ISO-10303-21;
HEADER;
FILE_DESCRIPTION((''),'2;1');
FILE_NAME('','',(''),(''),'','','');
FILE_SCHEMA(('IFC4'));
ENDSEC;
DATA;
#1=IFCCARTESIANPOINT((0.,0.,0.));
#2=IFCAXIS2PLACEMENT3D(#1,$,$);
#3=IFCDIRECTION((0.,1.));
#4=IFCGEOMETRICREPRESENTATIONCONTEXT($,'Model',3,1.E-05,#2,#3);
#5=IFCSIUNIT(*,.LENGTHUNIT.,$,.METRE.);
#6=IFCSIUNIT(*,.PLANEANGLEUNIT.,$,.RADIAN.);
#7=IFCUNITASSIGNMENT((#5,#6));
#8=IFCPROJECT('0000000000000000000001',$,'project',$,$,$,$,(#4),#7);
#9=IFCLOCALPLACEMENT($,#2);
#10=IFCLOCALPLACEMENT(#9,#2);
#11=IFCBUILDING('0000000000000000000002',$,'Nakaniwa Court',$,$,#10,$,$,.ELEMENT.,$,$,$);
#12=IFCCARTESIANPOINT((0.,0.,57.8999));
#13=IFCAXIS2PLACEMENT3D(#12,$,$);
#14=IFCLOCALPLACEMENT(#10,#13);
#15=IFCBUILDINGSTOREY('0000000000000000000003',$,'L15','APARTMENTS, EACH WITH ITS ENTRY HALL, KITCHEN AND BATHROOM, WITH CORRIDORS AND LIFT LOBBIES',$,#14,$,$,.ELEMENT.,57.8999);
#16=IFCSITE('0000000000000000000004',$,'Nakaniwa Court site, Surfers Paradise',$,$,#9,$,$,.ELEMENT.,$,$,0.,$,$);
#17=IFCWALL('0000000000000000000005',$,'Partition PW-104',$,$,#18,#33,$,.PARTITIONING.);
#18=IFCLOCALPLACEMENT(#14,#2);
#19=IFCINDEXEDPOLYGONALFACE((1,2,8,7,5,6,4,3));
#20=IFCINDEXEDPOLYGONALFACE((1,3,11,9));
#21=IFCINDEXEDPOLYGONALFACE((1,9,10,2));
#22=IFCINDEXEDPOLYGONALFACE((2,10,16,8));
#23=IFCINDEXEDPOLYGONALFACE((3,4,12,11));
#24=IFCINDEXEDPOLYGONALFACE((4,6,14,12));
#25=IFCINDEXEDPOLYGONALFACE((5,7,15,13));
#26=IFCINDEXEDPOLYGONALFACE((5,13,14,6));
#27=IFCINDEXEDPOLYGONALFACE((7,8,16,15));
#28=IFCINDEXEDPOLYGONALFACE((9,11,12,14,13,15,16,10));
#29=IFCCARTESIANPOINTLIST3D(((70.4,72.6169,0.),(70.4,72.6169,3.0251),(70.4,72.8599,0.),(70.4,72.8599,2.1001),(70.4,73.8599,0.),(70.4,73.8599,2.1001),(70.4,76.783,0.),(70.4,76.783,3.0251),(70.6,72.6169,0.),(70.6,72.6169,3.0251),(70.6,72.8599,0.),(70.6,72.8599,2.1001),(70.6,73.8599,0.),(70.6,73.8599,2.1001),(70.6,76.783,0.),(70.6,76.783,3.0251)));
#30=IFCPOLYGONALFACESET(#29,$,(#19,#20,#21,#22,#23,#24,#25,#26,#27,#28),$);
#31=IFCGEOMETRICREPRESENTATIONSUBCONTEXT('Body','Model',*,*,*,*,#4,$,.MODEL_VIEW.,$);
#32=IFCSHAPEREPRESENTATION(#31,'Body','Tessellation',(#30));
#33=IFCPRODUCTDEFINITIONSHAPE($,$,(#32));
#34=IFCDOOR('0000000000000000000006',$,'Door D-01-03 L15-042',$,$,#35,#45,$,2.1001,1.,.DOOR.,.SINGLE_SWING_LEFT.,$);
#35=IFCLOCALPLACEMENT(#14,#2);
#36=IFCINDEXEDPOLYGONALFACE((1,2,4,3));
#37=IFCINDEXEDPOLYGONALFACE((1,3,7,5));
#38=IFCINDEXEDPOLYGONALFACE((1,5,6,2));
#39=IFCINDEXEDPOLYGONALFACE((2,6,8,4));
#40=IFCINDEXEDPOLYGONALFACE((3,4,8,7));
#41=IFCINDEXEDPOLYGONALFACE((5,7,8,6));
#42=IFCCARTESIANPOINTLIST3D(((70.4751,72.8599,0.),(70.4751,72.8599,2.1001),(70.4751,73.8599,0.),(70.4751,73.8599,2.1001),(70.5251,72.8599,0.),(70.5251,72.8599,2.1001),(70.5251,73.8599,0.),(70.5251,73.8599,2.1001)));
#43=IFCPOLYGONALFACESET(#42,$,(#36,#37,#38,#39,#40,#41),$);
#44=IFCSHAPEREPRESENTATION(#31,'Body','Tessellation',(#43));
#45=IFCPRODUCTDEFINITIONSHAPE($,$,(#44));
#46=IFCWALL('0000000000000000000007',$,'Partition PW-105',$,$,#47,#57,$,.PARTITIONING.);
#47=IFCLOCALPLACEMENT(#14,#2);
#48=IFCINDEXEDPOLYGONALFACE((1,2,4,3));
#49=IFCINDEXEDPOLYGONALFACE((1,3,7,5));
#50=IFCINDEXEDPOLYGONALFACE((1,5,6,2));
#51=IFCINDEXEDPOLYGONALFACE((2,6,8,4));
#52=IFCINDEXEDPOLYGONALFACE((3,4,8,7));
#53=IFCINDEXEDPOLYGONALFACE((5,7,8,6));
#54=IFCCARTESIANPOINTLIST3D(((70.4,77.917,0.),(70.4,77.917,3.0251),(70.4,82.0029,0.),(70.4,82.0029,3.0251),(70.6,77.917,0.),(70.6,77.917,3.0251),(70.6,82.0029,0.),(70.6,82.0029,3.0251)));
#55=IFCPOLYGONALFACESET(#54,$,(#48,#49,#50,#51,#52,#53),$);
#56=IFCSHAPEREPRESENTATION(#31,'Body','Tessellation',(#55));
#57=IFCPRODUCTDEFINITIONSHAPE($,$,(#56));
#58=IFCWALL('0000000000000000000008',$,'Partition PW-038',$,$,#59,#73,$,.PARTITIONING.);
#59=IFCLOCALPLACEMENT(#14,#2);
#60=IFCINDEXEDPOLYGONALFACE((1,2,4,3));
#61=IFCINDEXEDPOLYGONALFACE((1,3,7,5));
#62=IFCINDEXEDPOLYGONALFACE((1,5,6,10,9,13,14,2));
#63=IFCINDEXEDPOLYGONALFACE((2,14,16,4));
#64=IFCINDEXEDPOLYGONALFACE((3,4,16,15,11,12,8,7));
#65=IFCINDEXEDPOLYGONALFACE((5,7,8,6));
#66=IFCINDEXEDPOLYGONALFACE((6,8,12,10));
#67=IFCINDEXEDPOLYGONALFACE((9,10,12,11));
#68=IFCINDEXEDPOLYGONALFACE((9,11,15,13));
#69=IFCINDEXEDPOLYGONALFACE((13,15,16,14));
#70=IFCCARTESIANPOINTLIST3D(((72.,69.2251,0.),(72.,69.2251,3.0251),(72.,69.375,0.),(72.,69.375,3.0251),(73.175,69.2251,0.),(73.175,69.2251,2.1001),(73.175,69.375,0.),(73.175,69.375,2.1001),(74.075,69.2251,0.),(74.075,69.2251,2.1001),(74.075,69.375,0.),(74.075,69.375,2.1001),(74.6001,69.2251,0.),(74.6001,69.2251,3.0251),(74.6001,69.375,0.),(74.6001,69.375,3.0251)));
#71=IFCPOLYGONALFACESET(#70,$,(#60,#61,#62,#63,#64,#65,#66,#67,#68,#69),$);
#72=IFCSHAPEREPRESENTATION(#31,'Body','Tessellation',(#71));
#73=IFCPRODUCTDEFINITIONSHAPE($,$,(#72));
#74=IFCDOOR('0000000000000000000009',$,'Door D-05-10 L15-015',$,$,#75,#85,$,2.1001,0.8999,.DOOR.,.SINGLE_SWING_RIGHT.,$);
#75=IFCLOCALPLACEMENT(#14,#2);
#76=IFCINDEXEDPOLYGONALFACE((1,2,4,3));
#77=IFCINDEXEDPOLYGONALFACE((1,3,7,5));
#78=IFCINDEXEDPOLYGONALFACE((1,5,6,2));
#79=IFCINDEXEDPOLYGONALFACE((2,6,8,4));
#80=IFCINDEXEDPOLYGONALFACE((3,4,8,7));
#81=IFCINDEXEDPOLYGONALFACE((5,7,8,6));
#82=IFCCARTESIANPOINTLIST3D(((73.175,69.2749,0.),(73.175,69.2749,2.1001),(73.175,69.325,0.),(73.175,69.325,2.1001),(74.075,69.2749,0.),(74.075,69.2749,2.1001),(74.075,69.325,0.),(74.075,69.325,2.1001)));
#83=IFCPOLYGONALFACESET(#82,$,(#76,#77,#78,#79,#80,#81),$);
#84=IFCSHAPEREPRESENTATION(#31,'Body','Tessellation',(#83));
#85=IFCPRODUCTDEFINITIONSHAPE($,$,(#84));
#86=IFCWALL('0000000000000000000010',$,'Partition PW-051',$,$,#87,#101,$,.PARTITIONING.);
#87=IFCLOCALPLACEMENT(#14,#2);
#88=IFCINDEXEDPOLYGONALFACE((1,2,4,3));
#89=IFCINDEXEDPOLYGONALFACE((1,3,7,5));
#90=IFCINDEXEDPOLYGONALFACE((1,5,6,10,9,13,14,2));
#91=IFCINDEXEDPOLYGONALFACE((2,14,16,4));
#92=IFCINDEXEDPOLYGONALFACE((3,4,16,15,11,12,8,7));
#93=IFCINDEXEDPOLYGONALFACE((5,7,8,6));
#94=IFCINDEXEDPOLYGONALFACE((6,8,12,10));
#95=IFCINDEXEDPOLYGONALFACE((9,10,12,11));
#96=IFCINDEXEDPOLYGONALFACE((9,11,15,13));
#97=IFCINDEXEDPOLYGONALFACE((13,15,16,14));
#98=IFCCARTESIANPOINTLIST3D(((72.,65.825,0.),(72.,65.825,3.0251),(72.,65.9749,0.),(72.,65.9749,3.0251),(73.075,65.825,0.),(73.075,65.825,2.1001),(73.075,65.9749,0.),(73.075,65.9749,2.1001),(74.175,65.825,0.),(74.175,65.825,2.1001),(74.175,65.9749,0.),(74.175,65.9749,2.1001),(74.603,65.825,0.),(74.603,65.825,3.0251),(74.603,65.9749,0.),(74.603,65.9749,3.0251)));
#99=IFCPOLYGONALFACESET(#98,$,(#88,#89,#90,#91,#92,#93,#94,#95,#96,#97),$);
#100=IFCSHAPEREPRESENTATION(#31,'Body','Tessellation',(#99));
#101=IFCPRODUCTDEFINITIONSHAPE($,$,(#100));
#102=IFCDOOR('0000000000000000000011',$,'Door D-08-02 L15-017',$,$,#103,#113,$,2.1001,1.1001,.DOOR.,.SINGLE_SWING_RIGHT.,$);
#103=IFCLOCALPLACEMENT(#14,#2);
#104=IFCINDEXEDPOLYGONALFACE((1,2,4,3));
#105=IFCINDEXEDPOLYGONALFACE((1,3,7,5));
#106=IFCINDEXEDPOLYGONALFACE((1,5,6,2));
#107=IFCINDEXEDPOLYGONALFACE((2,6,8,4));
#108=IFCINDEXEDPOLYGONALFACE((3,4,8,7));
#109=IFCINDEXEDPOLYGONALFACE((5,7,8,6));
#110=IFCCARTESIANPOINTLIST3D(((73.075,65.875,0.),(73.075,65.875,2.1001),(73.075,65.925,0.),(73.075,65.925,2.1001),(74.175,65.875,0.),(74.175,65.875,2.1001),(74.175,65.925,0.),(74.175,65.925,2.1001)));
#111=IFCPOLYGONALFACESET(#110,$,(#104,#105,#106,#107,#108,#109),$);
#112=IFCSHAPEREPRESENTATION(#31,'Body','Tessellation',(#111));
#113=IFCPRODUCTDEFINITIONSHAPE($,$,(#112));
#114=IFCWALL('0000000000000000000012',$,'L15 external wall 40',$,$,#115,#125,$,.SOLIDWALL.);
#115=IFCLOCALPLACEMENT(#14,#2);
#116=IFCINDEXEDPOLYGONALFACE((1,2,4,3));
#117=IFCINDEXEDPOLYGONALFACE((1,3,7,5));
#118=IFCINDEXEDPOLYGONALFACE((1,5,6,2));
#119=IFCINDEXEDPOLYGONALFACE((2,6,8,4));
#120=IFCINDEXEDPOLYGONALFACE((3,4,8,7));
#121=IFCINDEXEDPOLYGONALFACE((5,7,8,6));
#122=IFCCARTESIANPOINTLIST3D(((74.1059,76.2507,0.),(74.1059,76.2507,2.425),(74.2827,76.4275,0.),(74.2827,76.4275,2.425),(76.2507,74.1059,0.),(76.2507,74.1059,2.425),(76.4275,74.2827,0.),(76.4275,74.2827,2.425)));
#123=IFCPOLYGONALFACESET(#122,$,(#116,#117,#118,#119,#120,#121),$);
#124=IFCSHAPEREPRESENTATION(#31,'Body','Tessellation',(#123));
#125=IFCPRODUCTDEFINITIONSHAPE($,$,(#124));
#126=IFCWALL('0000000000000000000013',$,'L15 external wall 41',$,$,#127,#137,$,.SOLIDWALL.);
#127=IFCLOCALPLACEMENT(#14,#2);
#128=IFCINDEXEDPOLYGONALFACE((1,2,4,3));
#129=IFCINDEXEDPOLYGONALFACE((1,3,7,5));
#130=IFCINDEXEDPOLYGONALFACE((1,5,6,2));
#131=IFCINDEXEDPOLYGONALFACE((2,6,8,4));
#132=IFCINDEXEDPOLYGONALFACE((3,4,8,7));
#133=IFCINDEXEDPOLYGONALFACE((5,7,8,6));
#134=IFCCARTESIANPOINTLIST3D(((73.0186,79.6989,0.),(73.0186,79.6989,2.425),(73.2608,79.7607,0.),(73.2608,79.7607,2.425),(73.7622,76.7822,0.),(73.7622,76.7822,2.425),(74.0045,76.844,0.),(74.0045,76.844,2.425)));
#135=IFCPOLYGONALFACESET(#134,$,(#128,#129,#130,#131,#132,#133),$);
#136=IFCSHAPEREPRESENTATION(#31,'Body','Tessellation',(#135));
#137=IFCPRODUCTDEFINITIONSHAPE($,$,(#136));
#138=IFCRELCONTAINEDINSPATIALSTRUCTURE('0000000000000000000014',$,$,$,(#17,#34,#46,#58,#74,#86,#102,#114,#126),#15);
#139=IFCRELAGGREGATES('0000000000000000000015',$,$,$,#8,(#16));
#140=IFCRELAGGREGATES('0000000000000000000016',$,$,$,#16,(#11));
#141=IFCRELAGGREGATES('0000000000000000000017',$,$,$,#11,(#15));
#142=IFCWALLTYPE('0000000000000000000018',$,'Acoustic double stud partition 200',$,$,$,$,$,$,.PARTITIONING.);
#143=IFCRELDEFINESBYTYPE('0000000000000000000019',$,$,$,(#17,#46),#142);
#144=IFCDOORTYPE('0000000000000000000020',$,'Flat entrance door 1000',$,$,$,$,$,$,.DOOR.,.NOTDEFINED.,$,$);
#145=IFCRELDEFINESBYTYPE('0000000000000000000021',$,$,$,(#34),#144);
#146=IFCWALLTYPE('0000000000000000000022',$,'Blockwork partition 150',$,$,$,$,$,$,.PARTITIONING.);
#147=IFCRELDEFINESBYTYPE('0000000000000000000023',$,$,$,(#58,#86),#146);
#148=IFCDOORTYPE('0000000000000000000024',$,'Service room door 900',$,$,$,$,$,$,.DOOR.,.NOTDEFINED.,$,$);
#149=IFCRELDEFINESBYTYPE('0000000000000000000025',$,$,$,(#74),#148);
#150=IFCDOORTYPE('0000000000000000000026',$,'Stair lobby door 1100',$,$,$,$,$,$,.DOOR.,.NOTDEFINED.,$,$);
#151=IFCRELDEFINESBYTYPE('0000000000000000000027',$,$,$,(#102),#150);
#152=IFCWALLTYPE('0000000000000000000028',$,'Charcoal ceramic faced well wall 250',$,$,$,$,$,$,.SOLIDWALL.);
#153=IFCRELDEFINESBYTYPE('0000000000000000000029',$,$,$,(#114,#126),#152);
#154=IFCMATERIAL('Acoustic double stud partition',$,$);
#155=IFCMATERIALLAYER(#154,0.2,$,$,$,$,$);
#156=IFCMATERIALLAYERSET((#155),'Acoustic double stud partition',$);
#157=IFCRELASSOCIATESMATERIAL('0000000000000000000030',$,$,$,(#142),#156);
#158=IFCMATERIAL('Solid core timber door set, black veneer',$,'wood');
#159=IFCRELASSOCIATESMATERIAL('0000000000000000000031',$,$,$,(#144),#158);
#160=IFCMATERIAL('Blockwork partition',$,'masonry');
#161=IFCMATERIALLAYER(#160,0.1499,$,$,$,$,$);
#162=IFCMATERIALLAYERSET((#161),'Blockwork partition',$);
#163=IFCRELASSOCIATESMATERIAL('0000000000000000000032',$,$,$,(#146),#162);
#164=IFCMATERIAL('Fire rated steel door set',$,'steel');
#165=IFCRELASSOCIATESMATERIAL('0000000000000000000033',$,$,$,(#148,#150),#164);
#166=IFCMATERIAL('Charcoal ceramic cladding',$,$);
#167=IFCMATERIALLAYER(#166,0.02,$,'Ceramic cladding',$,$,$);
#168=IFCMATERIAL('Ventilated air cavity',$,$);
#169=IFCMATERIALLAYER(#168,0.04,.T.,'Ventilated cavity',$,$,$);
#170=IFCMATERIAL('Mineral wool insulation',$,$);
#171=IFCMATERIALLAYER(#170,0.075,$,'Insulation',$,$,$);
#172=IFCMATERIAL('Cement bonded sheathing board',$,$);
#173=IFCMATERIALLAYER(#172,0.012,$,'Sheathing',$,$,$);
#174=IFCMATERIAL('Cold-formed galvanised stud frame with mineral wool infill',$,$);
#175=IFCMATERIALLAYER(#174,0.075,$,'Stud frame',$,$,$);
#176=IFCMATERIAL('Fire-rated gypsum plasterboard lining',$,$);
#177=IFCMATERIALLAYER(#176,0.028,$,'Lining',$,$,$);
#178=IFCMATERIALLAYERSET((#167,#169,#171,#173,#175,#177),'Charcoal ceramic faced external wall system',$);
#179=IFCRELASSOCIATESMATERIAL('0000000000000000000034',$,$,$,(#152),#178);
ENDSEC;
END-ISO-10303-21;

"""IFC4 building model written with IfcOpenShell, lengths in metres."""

from ifc_helpers import new_model, si_unit, direction, frame, frame_2d, origin, place, context, subcontext, project, spatial, rectangle, extrude, material, layer, layer_set, type_object, element, fill, save


model = new_model("IFC4")

# Units and contexts
model_context = context("Model", 3, precision=1e-05, world=origin(), true_north=direction((0.0, 1.0)))
body_context = subcontext(model_context, "Body", "Model", "MODEL_VIEW")
ifc_project = project(units=[si_unit("LENGTHUNIT", "METRE"), si_unit("PLANEANGLEUNIT", "RADIAN")], contexts=[model_context])

# Site, building, storey
site_placement = place(None, origin())
site = spatial("IfcSite", under=ifc_project, at=site_placement, Name="Nakaniwa Court site, Surfers Paradise", CompositionType="ELEMENT", RefElevation=0.0)
building_placement = place(site_placement, origin())
building = spatial("IfcBuilding", under=site, at=building_placement, Name="Nakaniwa Court", CompositionType="ELEMENT")
storey_placement = place(building_placement, frame((0.0, 0.0, 57.8999)))
storey = spatial("IfcBuildingStorey", under=building, at=storey_placement, Name="L15", Description="APARTMENTS, EACH WITH ITS ENTRY HALL, KITCHEN AND BATHROOM, WITH CORRIDORS AND LIFT LOBBIES", CompositionType="ELEMENT", Elevation=57.8999)

# Shared definitions
ifc_material_1 = material(Name="Acoustic double stud partition")
ifc_layer_1 = layer(ifc_material_1, 0.2)
ifc_layer_set_1 = layer_set([ifc_layer_1], Name="Acoustic double stud partition")
wall_type_1 = type_object("IfcWallType", Name="Acoustic double stud partition 200", PredefinedType="PARTITIONING", material=ifc_layer_set_1)

# Wall, opening, door
ifc_material_2 = material(Name="Solid core timber door set, black veneer", Category="wood")
wall_1_placement = place(storey_placement, frame((70.5, 72.6169, 0.0), z_axis=(0.0, 0.0, 1.0), x_axis=(0.0, 1.0, 0.0)))
wall_1 = element("IfcWall", 1, at=wall_1_placement, inside=storey, type_object=wall_type_1, Name="Partition PW-104", PredefinedType="PARTITIONING", context=body_context, shape_type="SweptSolid", body=[
    extrude(rectangle(XDim=4.166, YDim=0.2, at=frame_2d((2.083, 0.0))), origin(), (0.0, 0.0, 1.0), 3.0251),
])
opening_1_placement = place(wall_1_placement, frame((0.2429, 0.0, 0.0)))
opening_1 = element("IfcOpeningElement", 2, at=opening_1_placement, cuts=wall_1, PredefinedType="OPENING", context=body_context, shape_type="SweptSolid", body=[
    extrude(rectangle(XDim=1.0, YDim=2.1001, at=frame_2d((0.5, 1.05))), frame((0.0, 0.1099, 0.0), z_axis=(0.0, -1.0, 0.0), x_axis=(1.0, 0.0, 0.0)), (0.0, 0.0, 1.0), 0.22),
])
door_type_1 = type_object("IfcDoorType", Name="Flat entrance door 1000", OperationType="NOTDEFINED", PredefinedType="DOOR", material=ifc_material_2)
door_1_placement = place(opening_1_placement, origin())
door_1 = element("IfcDoor", 3, at=door_1_placement, inside=storey, type_object=door_type_1, Name="Door D-01-03 L15-042", OperationType="SINGLE_SWING_LEFT", OverallHeight=2.1001, OverallWidth=1.0, PredefinedType="DOOR", context=body_context, shape_type="SweptSolid", body=[
    extrude(rectangle(XDim=1.0, YDim=2.1001, at=frame_2d((0.5, 1.05))), frame((0.0, 0.0249, 0.0), z_axis=(0.0, -1.0, 0.0), x_axis=(1.0, 0.0, 0.0)), (0.0, 0.0, 1.0), 0.05),
])
fill(opening_1, door_1)

# Wall
wall_2_placement = place(storey_placement, frame((70.5, 77.917, 0.0), z_axis=(0.0, 0.0, 1.0), x_axis=(0.0, 1.0, 0.0)))
element("IfcWall", 4, at=wall_2_placement, inside=storey, type_object=wall_type_1, Name="Partition PW-105", PredefinedType="PARTITIONING", context=body_context, shape_type="SweptSolid", body=[
    extrude(rectangle(XDim=4.0859, YDim=0.2, at=frame_2d((2.043, 0.0))), origin(), (0.0, 0.0, 1.0), 3.0251),
])

# Walls, openings, doors
ifc_material_3 = material(Name="Blockwork partition", Category="masonry")
ifc_layer_2 = layer(ifc_material_3, 0.1499)
ifc_layer_set_2 = layer_set([ifc_layer_2], Name="Blockwork partition")
wall_type_2 = type_object("IfcWallType", Name="Blockwork partition 150", PredefinedType="PARTITIONING", material=ifc_layer_set_2)
wall_3_placement = place(storey_placement, frame((72.0, 69.3, 0.0), z_axis=(0.0, 0.0, 1.0), x_axis=(1.0, 0.0, 0.0)))
wall_3 = element("IfcWall", 5, at=wall_3_placement, inside=storey, type_object=wall_type_2, Name="Partition PW-038", PredefinedType="PARTITIONING", context=body_context, shape_type="SweptSolid", body=[
    extrude(rectangle(XDim=2.6001, YDim=0.1499, at=frame_2d((1.3, 0.0))), origin(), (0.0, 0.0, 1.0), 3.0251),
])
opening_2_placement = place(wall_3_placement, frame((1.175, 0.0, 0.0)))
opening_2 = element("IfcOpeningElement", 6, at=opening_2_placement, cuts=wall_3, PredefinedType="OPENING", context=body_context, shape_type="SweptSolid", body=[
    extrude(rectangle(XDim=0.8999, YDim=2.1001, at=frame_2d((0.45, 1.05))), frame((0.0, 0.085, 0.0), z_axis=(0.0, -1.0, 0.0), x_axis=(1.0, 0.0, 0.0)), (0.0, 0.0, 1.0), 0.1699),
])
ifc_material_4 = material(Name="Fire rated steel door set", Category="steel")
door_type_2 = type_object("IfcDoorType", Name="Service room door 900", OperationType="NOTDEFINED", PredefinedType="DOOR", material=ifc_material_4)
door_2_placement = place(opening_2_placement, origin())
door_2 = element("IfcDoor", 7, at=door_2_placement, inside=storey, type_object=door_type_2, Name="Door D-05-10 L15-015", OperationType="SINGLE_SWING_RIGHT", OverallHeight=2.1001, OverallWidth=0.8999, PredefinedType="DOOR", context=body_context, shape_type="SweptSolid", body=[
    extrude(rectangle(XDim=0.8999, YDim=2.1001, at=frame_2d((0.45, 1.05))), frame((0.0, 0.0249, 0.0), z_axis=(0.0, -1.0, 0.0), x_axis=(1.0, 0.0, 0.0)), (0.0, 0.0, 1.0), 0.05),
])
fill(opening_2, door_2)
wall_4_placement = place(storey_placement, frame((74.603, 65.8999, 0.0), z_axis=(0.0, 0.0, 1.0), x_axis=(-1.0, 0.0, 0.0)))
wall_4 = element("IfcWall", 8, at=wall_4_placement, inside=storey, type_object=wall_type_2, Name="Partition PW-051", PredefinedType="PARTITIONING", context=body_context, shape_type="SweptSolid", body=[
    extrude(rectangle(XDim=2.603, YDim=0.1499, at=frame_2d((1.3015, 0.0))), origin(), (0.0, 0.0, 1.0), 3.0251),
])
opening_3_placement = place(wall_4_placement, frame((0.428, 0.0, 0.0)))
opening_3 = element("IfcOpeningElement", 9, at=opening_3_placement, cuts=wall_4, PredefinedType="OPENING", context=body_context, shape_type="SweptSolid", body=[
    extrude(rectangle(XDim=1.1001, YDim=2.1001, at=frame_2d((0.55, 1.05))), frame((0.0, 0.085, 0.0), z_axis=(0.0, -1.0, 0.0), x_axis=(1.0, 0.0, 0.0)), (0.0, 0.0, 1.0), 0.1699),
])
door_type_3 = type_object("IfcDoorType", Name="Stair lobby door 1100", OperationType="NOTDEFINED", PredefinedType="DOOR", material=ifc_material_4)
door_3_placement = place(opening_3_placement, origin())
door_3 = element("IfcDoor", 10, at=door_3_placement, inside=storey, type_object=door_type_3, Name="Door D-08-02 L15-017", OperationType="SINGLE_SWING_RIGHT", OverallHeight=2.1001, OverallWidth=1.1001, PredefinedType="DOOR", context=body_context, shape_type="SweptSolid", body=[
    extrude(rectangle(XDim=1.1001, YDim=2.1001, at=frame_2d((0.55, 1.05))), frame((0.0, 0.0249, 0.0), z_axis=(0.0, -1.0, 0.0), x_axis=(1.0, 0.0, 0.0)), (0.0, 0.0, 1.0), 0.05),
])
fill(opening_3, door_3)

# Walls
ifc_material_5 = material(Name="Charcoal ceramic cladding")
ifc_layer_3 = layer(ifc_material_5, 0.02, Name="Ceramic cladding")
ifc_material_6 = material(Name="Ventilated air cavity")
ifc_layer_4 = layer(ifc_material_6, 0.04, ventilated=True, Name="Ventilated cavity")
ifc_material_7 = material(Name="Mineral wool insulation")
ifc_layer_5 = layer(ifc_material_7, 0.075, Name="Insulation")
ifc_material_8 = material(Name="Cement bonded sheathing board")
ifc_layer_6 = layer(ifc_material_8, 0.012, Name="Sheathing")
ifc_material_9 = material(Name="Cold-formed galvanised stud frame with mineral wool infill")
ifc_layer_7 = layer(ifc_material_9, 0.075, Name="Stud frame")
ifc_material_10 = material(Name="Fire-rated gypsum plasterboard lining")
ifc_layer_8 = layer(ifc_material_10, 0.028, Name="Lining")
ifc_layer_set_3 = layer_set([ifc_layer_3, ifc_layer_4, ifc_layer_5, ifc_layer_6, ifc_layer_7, ifc_layer_8], Name="Charcoal ceramic faced external wall system")
wall_type_3 = type_object("IfcWallType", Name="Charcoal ceramic faced well wall 250", PredefinedType="SOLIDWALL", material=ifc_layer_set_3)
wall_5_placement = place(storey_placement, frame((76.3391, 74.1943, 0.0), z_axis=(0.0, 0.0, 1.0), x_axis=(-0.707107, 0.707107, 0.0)))
element("IfcWall", 11, at=wall_5_placement, inside=storey, type_object=wall_type_3, Name="L15 external wall 40", PredefinedType="SOLIDWALL", context=body_context, shape_type="SweptSolid", body=[
    extrude(rectangle(XDim=3.0332, YDim=0.25, at=frame_2d((1.5166, 0.0))), origin(), (0.0, 0.0, 1.0), 2.425),
])
wall_6_placement = place(storey_placement, frame((73.8833, 76.8132, 0.0), z_axis=(0.0, 0.0, 1.0), x_axis=(-0.247056, 0.969001, 0.0)))
element("IfcWall", 12, at=wall_6_placement, inside=storey, type_object=wall_type_3, Name="L15 external wall 41", PredefinedType="SOLIDWALL", context=body_context, shape_type="SweptSolid", body=[
    extrude(rectangle(XDim=3.01, YDim=0.25, at=frame_2d((1.5049, 0.0))), origin(), (0.0, 0.0, 1.0), 2.425),
])

save(model, "model.ifc")
